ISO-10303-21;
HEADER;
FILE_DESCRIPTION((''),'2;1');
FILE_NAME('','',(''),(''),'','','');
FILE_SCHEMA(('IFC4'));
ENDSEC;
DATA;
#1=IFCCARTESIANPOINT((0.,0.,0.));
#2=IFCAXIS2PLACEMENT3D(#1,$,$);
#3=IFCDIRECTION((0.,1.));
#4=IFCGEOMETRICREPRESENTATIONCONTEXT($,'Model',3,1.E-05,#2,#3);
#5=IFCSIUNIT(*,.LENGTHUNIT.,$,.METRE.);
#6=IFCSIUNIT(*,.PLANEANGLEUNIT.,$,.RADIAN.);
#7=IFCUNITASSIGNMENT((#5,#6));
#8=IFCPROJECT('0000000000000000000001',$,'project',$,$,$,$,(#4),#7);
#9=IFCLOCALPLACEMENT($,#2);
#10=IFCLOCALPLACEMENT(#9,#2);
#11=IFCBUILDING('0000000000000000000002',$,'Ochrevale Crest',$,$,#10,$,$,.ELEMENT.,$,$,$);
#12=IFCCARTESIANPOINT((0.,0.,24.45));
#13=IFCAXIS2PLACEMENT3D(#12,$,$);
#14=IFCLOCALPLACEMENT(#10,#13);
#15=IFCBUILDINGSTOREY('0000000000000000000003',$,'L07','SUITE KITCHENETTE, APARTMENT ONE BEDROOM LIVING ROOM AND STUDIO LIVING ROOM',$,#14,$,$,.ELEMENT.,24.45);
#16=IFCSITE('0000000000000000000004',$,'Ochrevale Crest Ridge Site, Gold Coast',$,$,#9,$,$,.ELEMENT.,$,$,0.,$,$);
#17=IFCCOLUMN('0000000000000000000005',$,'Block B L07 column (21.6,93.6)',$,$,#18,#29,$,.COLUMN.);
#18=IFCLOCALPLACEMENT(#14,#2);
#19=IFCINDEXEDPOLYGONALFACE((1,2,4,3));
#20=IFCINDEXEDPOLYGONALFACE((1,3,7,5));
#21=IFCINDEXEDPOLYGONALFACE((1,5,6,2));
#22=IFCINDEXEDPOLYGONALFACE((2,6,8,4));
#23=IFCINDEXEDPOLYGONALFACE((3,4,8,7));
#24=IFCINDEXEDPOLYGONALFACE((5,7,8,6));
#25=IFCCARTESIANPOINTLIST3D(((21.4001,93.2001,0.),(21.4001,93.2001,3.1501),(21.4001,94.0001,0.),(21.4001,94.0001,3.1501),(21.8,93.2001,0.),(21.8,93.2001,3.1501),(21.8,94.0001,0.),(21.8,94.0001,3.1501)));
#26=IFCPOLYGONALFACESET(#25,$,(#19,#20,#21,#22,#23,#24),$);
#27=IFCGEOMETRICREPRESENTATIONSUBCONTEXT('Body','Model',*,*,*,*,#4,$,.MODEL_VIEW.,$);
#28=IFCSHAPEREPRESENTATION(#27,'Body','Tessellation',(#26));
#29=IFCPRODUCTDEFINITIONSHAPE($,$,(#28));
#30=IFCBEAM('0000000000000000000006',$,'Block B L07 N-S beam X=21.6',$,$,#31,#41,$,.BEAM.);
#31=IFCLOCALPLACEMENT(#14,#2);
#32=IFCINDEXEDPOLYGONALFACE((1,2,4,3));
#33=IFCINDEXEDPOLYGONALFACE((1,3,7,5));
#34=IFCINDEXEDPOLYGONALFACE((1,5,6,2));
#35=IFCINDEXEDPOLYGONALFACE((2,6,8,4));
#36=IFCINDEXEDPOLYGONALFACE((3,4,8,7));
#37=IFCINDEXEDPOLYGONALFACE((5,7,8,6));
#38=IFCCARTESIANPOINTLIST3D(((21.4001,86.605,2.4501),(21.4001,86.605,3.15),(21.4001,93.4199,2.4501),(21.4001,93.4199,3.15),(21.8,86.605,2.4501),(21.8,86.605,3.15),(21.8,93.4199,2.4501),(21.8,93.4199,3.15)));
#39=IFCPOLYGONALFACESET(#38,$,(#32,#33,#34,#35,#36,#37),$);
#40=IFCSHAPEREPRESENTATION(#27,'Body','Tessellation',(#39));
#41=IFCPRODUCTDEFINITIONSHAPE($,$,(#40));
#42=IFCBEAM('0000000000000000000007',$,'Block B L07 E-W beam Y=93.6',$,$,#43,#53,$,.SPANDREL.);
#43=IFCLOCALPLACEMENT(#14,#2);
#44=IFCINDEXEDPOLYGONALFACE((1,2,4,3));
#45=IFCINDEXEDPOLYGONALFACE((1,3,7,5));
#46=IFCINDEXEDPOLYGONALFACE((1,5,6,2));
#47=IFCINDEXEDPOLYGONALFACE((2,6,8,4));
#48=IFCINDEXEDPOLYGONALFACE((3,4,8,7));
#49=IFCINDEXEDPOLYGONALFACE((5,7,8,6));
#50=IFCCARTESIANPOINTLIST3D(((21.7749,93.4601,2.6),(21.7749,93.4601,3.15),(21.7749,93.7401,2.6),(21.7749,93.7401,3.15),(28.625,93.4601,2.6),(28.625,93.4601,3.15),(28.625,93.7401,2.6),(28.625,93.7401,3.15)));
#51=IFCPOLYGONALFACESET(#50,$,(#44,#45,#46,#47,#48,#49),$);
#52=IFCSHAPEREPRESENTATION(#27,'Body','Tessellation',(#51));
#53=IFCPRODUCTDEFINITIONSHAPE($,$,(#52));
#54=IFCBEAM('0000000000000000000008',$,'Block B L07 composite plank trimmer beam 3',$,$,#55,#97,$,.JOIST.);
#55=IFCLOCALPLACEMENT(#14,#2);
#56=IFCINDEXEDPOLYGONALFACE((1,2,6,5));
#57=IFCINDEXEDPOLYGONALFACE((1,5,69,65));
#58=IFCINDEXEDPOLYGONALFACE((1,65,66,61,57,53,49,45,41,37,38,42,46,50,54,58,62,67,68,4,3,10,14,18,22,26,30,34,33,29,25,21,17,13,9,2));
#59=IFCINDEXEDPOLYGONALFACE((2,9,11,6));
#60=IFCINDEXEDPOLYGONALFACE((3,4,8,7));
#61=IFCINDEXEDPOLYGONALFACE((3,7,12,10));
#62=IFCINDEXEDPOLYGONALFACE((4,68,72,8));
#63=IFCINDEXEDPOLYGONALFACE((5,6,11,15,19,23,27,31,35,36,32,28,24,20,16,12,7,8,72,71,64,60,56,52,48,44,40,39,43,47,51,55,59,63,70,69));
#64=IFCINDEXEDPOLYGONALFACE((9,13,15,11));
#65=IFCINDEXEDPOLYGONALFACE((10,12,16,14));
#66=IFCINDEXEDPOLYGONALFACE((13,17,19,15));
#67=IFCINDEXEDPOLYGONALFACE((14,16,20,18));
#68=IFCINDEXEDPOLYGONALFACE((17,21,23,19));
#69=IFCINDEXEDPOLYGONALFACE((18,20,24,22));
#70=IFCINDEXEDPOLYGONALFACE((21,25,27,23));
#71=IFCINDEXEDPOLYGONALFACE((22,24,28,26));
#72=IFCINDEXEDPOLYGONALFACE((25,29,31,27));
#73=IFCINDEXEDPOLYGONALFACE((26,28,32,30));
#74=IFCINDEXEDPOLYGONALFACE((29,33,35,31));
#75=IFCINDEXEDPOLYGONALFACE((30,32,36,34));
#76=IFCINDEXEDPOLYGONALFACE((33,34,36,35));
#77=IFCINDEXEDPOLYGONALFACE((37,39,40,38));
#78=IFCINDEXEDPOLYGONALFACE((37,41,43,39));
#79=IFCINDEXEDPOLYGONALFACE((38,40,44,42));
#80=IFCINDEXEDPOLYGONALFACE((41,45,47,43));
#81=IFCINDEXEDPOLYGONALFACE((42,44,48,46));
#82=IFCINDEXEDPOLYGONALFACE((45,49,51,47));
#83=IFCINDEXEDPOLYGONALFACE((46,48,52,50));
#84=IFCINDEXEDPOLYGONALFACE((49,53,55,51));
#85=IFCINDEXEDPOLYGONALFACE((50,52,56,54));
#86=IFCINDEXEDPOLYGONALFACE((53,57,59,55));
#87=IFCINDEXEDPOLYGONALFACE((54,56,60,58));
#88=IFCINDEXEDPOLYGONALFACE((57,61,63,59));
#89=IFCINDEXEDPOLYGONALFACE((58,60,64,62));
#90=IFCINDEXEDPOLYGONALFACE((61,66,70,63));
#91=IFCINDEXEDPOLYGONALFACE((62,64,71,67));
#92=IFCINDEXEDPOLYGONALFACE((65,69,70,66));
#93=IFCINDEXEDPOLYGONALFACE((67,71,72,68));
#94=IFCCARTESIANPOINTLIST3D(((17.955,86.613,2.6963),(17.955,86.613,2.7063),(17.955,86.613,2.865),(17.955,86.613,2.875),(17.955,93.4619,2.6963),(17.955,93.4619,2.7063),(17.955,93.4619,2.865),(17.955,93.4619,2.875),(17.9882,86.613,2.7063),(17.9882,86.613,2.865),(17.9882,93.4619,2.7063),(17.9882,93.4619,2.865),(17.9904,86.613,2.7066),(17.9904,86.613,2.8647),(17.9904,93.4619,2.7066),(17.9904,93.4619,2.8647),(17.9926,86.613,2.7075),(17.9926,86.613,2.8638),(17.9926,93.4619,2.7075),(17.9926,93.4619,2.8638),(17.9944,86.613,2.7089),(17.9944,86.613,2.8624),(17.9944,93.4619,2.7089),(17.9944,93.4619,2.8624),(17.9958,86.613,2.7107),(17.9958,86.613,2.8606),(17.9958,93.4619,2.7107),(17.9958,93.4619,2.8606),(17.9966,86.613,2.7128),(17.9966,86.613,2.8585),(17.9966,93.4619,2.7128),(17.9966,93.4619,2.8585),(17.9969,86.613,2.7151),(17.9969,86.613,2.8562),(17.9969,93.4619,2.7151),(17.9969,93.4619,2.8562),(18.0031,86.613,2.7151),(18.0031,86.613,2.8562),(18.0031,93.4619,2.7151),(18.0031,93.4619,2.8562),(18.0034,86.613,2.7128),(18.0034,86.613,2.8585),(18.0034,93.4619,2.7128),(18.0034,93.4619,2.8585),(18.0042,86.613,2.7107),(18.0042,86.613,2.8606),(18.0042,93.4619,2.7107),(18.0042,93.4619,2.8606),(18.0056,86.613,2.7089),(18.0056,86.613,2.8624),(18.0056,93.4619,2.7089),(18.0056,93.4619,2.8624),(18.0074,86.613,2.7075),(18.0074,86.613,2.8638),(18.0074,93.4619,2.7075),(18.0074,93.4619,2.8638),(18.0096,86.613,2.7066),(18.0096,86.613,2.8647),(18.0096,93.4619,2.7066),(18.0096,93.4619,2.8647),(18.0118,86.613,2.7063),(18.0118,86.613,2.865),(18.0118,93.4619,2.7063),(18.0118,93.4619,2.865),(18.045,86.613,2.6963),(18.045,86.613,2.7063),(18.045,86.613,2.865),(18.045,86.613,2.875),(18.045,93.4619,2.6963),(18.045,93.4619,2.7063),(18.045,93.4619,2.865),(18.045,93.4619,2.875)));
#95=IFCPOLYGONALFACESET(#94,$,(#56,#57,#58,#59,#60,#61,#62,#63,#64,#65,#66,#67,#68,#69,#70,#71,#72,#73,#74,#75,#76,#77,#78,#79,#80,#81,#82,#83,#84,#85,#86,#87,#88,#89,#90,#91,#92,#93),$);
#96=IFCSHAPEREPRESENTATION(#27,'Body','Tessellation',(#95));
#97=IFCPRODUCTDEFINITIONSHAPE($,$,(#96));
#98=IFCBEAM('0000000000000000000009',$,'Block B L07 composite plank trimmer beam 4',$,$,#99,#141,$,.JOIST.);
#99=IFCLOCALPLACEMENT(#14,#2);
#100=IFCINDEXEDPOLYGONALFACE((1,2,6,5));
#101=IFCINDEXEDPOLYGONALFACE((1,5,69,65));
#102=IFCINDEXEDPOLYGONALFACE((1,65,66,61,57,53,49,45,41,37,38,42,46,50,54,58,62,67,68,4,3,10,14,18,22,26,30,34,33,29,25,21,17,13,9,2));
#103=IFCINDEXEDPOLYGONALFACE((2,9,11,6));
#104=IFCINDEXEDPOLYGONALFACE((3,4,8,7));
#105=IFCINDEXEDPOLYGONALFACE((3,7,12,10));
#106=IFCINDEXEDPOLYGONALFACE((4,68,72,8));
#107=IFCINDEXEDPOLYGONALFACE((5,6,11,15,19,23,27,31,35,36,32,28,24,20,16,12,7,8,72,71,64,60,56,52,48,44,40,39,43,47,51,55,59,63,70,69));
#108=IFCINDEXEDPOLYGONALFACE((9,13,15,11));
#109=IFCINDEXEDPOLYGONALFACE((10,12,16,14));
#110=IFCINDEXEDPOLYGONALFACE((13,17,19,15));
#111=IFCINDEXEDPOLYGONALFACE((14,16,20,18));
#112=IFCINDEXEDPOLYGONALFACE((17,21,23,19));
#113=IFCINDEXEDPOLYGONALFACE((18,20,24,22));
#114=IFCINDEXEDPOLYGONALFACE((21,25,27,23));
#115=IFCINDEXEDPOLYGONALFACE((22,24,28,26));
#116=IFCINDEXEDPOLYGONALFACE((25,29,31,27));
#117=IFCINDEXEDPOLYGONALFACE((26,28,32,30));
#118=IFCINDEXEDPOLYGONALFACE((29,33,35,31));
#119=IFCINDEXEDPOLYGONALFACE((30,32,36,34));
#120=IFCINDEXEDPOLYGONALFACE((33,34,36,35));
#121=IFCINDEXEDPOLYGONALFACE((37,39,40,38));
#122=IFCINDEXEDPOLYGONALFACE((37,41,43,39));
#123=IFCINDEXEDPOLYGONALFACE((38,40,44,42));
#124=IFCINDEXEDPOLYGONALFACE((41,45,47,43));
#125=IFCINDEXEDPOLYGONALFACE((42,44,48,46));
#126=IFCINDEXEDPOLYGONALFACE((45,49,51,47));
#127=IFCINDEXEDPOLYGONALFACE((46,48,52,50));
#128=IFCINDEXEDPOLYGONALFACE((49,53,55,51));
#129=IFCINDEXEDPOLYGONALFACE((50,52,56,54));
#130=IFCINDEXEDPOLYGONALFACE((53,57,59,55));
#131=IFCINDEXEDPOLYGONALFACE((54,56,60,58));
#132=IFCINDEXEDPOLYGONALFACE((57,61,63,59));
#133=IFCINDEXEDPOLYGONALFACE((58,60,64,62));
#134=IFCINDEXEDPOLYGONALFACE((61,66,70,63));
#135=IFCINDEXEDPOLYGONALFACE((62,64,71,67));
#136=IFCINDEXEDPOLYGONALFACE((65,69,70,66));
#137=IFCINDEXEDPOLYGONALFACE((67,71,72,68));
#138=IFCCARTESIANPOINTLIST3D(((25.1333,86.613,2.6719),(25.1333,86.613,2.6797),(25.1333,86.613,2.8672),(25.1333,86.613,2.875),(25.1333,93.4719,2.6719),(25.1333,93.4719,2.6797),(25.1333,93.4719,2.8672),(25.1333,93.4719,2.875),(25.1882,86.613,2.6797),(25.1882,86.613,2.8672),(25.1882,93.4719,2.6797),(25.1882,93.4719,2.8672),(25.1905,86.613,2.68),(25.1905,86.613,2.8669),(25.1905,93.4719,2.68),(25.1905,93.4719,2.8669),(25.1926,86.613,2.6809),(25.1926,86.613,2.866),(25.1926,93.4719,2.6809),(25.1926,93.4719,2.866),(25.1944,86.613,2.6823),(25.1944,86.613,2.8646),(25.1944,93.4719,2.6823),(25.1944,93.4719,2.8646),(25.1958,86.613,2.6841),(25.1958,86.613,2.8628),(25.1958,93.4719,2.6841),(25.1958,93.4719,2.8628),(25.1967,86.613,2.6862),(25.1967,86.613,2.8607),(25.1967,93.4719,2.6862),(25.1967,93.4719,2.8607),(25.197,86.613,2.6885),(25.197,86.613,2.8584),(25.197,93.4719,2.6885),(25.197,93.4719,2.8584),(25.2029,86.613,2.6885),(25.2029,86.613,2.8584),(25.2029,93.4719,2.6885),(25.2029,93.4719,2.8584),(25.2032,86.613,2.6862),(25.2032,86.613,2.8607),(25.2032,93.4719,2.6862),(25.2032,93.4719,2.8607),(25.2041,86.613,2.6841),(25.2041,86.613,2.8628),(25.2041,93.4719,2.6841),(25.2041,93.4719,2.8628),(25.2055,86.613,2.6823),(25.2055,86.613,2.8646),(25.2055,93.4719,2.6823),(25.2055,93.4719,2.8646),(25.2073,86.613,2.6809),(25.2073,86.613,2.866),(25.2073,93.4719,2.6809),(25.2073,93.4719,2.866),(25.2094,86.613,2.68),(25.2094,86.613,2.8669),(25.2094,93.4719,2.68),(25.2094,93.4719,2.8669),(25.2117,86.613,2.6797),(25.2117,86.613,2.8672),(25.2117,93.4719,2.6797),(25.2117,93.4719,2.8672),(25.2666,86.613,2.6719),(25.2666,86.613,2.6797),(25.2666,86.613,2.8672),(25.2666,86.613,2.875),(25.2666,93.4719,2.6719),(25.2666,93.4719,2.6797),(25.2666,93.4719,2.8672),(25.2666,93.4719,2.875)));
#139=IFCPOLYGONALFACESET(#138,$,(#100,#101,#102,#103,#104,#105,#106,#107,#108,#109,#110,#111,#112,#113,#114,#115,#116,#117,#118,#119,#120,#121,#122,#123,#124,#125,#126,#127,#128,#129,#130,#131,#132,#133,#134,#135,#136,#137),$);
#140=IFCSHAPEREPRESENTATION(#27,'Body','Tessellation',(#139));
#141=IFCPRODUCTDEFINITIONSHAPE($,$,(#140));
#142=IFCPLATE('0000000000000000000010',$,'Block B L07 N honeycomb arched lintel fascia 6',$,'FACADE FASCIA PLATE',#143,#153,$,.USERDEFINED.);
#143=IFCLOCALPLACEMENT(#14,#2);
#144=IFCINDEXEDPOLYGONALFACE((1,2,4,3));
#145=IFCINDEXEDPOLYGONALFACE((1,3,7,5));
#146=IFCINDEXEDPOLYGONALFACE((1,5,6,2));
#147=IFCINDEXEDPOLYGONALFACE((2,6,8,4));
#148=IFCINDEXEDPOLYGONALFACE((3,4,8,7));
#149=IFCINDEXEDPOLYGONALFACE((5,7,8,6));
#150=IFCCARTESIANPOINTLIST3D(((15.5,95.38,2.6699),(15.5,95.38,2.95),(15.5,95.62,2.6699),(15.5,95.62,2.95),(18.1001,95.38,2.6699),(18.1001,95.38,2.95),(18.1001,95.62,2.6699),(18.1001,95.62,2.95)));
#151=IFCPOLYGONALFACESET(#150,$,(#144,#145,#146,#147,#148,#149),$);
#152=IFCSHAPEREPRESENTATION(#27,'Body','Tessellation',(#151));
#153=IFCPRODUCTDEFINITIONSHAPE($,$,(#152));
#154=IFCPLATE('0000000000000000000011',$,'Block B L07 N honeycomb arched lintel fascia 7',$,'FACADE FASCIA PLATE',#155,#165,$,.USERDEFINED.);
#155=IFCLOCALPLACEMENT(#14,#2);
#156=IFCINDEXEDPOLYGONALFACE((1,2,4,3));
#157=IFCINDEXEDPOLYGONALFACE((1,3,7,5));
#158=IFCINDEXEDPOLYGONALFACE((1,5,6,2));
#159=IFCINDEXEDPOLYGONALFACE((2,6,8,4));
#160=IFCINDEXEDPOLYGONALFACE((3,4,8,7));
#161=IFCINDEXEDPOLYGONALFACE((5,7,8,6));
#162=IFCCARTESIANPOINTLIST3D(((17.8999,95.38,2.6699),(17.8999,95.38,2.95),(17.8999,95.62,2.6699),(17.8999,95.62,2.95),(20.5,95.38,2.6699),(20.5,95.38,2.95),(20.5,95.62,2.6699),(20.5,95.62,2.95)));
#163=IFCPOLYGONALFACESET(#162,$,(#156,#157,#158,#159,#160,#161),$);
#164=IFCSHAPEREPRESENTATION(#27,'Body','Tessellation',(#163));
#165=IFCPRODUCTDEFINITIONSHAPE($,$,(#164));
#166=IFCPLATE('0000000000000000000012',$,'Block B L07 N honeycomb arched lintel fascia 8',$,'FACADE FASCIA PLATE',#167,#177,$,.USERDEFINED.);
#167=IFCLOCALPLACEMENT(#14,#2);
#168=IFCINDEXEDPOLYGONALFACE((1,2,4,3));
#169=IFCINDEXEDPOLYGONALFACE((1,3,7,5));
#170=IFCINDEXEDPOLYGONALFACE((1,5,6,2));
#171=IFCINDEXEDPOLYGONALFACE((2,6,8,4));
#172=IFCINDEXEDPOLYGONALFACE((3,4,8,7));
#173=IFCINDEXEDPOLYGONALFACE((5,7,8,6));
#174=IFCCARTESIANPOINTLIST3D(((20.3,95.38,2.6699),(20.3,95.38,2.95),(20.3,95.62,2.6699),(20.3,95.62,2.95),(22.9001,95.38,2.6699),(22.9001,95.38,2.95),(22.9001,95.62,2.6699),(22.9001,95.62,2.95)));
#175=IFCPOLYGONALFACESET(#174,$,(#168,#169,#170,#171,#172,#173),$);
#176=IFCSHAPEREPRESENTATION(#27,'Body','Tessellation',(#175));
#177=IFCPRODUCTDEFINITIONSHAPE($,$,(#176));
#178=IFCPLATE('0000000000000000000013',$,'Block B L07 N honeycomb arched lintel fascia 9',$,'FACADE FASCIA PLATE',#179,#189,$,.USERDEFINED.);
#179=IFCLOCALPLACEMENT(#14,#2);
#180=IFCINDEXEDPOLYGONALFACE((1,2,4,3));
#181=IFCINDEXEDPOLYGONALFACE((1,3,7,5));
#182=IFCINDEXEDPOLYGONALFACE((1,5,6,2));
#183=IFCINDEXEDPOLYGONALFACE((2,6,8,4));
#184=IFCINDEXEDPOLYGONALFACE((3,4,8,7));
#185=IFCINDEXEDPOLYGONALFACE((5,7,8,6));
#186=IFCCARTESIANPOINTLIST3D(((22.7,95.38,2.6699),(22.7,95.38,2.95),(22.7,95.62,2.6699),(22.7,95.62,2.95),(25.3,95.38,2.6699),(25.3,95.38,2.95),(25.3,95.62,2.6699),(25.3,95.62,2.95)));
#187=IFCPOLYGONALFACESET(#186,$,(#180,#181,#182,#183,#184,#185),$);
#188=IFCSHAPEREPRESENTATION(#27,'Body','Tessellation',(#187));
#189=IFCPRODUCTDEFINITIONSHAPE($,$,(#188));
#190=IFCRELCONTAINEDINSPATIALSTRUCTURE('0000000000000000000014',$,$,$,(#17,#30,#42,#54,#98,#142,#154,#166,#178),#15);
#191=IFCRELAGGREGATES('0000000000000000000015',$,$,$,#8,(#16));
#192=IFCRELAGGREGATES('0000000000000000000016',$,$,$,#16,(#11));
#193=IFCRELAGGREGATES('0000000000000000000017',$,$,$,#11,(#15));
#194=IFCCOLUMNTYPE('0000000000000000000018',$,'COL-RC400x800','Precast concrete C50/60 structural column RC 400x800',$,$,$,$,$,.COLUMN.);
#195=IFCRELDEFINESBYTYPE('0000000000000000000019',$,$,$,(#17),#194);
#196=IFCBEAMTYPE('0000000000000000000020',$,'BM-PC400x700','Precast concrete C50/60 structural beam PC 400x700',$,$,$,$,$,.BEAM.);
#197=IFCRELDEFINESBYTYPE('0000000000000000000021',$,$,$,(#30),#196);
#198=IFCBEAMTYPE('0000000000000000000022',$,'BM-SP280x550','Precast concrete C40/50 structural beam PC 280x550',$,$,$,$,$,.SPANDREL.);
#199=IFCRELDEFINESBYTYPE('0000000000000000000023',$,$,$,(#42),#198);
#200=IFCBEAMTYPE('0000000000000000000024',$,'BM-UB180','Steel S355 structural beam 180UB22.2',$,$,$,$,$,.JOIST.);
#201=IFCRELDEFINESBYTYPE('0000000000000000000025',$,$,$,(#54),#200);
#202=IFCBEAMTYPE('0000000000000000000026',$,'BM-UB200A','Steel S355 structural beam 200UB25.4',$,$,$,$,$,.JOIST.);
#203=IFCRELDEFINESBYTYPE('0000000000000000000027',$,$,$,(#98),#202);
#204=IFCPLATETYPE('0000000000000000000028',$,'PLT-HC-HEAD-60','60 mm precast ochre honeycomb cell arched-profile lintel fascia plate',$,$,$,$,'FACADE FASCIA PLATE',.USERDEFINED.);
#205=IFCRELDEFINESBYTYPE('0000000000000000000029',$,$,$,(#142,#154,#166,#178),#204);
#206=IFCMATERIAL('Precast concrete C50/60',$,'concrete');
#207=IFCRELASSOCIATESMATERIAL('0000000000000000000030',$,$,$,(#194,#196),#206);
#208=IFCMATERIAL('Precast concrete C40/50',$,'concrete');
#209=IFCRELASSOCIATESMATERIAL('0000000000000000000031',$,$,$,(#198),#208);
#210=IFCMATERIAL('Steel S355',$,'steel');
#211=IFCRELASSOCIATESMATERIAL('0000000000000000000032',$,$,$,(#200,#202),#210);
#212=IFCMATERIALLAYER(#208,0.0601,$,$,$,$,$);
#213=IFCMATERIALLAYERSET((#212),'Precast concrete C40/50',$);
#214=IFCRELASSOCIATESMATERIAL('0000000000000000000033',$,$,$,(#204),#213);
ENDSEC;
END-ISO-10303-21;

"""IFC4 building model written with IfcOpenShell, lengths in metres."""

from ifc_helpers import new_model, si_unit, direction, frame, origin, origin_2d, place, context, subcontext, project, spatial, rectangle, i_section, extrude, material, layer, layer_set, material_profile, profile_set, type_object, element, save


model = new_model("IFC4")

# Units and contexts
model_context = context("Model", 3, precision=1e-05, world=origin(), true_north=direction((0.0, 1.0)))
body_context = subcontext(model_context, "Body", "Model", "MODEL_VIEW")
ifc_project = project(units=[si_unit("LENGTHUNIT", "METRE"), si_unit("PLANEANGLEUNIT", "RADIAN")], contexts=[model_context])

# Site, building, storey
site_placement = place(None, origin())
site = spatial("IfcSite", under=ifc_project, at=site_placement, Name="Ochrevale Crest Ridge Site, Gold Coast", CompositionType="ELEMENT", RefElevation=0.0)
building_placement = place(site_placement, origin())
building = spatial("IfcBuilding", under=site, at=building_placement, Name="Ochrevale Crest", CompositionType="ELEMENT")
storey_placement = place(building_placement, frame((0.0, 0.0, 24.45)))
storey = spatial("IfcBuildingStorey", under=building, at=storey_placement, Name="L07", Description="SUITE KITCHENETTE, APARTMENT ONE BEDROOM LIVING ROOM AND STUDIO LIVING ROOM", CompositionType="ELEMENT", Elevation=24.45)

# Column
ifc_material_1 = material(Name="Precast concrete C50/60", Category="concrete")
ifc_material_profile_1 = material_profile(ifc_material_1, rectangle(XDim=0.3999, YDim=0.8, at=origin_2d()), Name="RC 400x800")
ifc_profile_set_1 = profile_set([ifc_material_profile_1], Name="Precast concrete C50/60")
column_type = type_object("IfcColumnType", Name="COL-RC400x800", Description="Precast concrete C50/60 structural column RC 400x800", PredefinedType="COLUMN", material=ifc_profile_set_1)
column_placement = place(storey_placement, frame((21.6001, 93.6001, 0.0), z_axis=(0.0, 0.0, 1.0), x_axis=(1.0, 0.0, 0.0)))
element("IfcColumn", 1, at=column_placement, inside=storey, type_object=column_type, Name="Block B L07 column (21.6,93.6)", PredefinedType="COLUMN", context=body_context, shape_type="SweptSolid", body=[
    extrude(rectangle(XDim=0.3999, YDim=0.8, at=origin_2d()), origin(), (0.0, 0.0, 1.0), 3.1501),
])

# Beams
ifc_material_profile_2 = material_profile(ifc_material_1, rectangle(XDim=0.3999, YDim=0.7, at=origin_2d()), Name="PC 400x700")
ifc_profile_set_2 = profile_set([ifc_material_profile_2], Name="Precast concrete C50/60")
beam_type_1 = type_object("IfcBeamType", Name="BM-PC400x700", Description="Precast concrete C50/60 structural beam PC 400x700", PredefinedType="BEAM", material=ifc_profile_set_2)
beam_1_placement = place(storey_placement, frame((21.6001, 86.605, 2.8), z_axis=(0.0, 1.0, 0.0), x_axis=(-1.0, 0.0, 0.0)))
element("IfcBeam", 2, at=beam_1_placement, inside=storey, type_object=beam_type_1, Name="Block B L07 N-S beam X=21.6", PredefinedType="BEAM", context=body_context, shape_type="SweptSolid", body=[
    extrude(rectangle(XDim=0.3999, YDim=0.7, at=origin_2d()), origin(), (0.0, 0.0, 1.0), 6.8149),
])
ifc_material_2 = material(Name="Precast concrete C40/50", Category="concrete")
ifc_material_profile_3 = material_profile(ifc_material_2, rectangle(XDim=0.28, YDim=0.55, at=origin_2d()), Name="PC 280x550")
ifc_profile_set_3 = profile_set([ifc_material_profile_3], Name="Precast concrete C40/50")
beam_type_2 = type_object("IfcBeamType", Name="BM-SP280x550", Description="Precast concrete C40/50 structural beam PC 280x550", PredefinedType="SPANDREL", material=ifc_profile_set_3)
beam_2_placement = place(storey_placement, frame((21.7749, 93.6001, 2.875), z_axis=(1.0, 0.0, 0.0), x_axis=(0.0, 1.0, 0.0)))
element("IfcBeam", 3, at=beam_2_placement, inside=storey, type_object=beam_type_2, Name="Block B L07 E-W beam Y=93.6", PredefinedType="SPANDREL", context=body_context, shape_type="SweptSolid", body=[
    extrude(rectangle(XDim=0.28, YDim=0.55, at=origin_2d()), origin(), (0.0, 0.0, 1.0), 6.8501),
])
ifc_material_3 = material(Name="Steel S355", Category="steel")
ifc_material_profile_4 = material_profile(ifc_material_3, i_section(OverallWidth=0.0901, OverallDepth=0.1787, WebThickness=0.0061, FlangeThickness=0.01, FilletRadius=0.0088, at=origin_2d()), Name="180UB22.2")
ifc_profile_set_4 = profile_set([ifc_material_profile_4], Name="Steel S355")
beam_type_3 = type_object("IfcBeamType", Name="BM-UB180", Description="Steel S355 structural beam 180UB22.2", PredefinedType="JOIST", material=ifc_profile_set_4)
beam_3_placement = place(storey_placement, frame((18.0, 86.613, 2.7856), z_axis=(0.0, 1.0, 0.0), x_axis=(-1.0, 0.0, 0.0)))
element("IfcBeam", 4, at=beam_3_placement, inside=storey, type_object=beam_type_3, Name="Block B L07 composite plank trimmer beam 3", PredefinedType="JOIST", context=body_context, shape_type="SweptSolid", body=[
    extrude(i_section(OverallWidth=0.0901, OverallDepth=0.1787, WebThickness=0.0061, FlangeThickness=0.01, FilletRadius=0.0088, at=origin_2d()), origin(), (0.0, 0.0, 1.0), 6.8489),
])
ifc_material_profile_5 = material_profile(ifc_material_3, i_section(OverallWidth=0.1333, OverallDepth=0.2031, WebThickness=0.0059, FlangeThickness=0.0078, FilletRadius=0.0088, at=origin_2d()), Name="200UB25.4")
ifc_profile_set_5 = profile_set([ifc_material_profile_5], Name="Steel S355")
beam_type_4 = type_object("IfcBeamType", Name="BM-UB200A", Description="Steel S355 structural beam 200UB25.4", PredefinedType="JOIST", material=ifc_profile_set_5)
beam_4_placement = place(storey_placement, frame((25.2, 86.613, 2.7734), z_axis=(0.0, 1.0, 0.0), x_axis=(-1.0, 0.0, 0.0)))
element("IfcBeam", 5, at=beam_4_placement, inside=storey, type_object=beam_type_4, Name="Block B L07 composite plank trimmer beam 4", PredefinedType="JOIST", context=body_context, shape_type="SweptSolid", body=[
    extrude(i_section(OverallWidth=0.1333, OverallDepth=0.2031, WebThickness=0.0059, FlangeThickness=0.0078, FilletRadius=0.0088, at=origin_2d()), origin(), (0.0, 0.0, 1.0), 6.8589),
])

# Plates
ifc_layer_1 = layer(ifc_material_2, 0.0601)
ifc_layer_set_1 = layer_set([ifc_layer_1], Name="Precast concrete C40/50")
plate_type_1 = type_object("IfcPlateType", Name="PLT-HC-HEAD-60", Description="60 mm precast ochre honeycomb cell arched-profile lintel fascia plate", ElementType="FACADE FASCIA PLATE", PredefinedType="USERDEFINED", material=ifc_layer_set_1)
for number, where, z_axis, x_axis, name in (
    (6, (16.8, 95.5, 2.6699), (0.0, 0.0, 1.0), (1.0, 0.0, 0.0), "Block B L07 N honeycomb arched lintel fascia 6"),
    (7, (19.2, 95.5, 2.6699), (0.0, 0.0, 1.0), (1.0, 0.0, 0.0), "Block B L07 N honeycomb arched lintel fascia 7"),
    (8, (21.6001, 95.5, 2.6699), (0.0, 0.0, 1.0), (1.0, 0.0, 0.0), "Block B L07 N honeycomb arched lintel fascia 8"),
    (9, (24.0, 95.5, 2.6699), (0.0, 0.0, 1.0), (1.0, 0.0, 0.0), "Block B L07 N honeycomb arched lintel fascia 9"),
):
    element("IfcPlate", number, at=place(storey_placement, frame(where, z_axis=z_axis, x_axis=x_axis)), inside=storey, type_object=plate_type_1, Name=name, ObjectType="FACADE FASCIA PLATE", PredefinedType="USERDEFINED", context=body_context, shape_type="SweptSolid", body=[
        extrude(rectangle(XDim=2.6001, YDim=0.24, at=origin_2d()), origin(), (0.0, 0.0, 1.0), 0.28),
    ])

save(model, "model.ifc")
